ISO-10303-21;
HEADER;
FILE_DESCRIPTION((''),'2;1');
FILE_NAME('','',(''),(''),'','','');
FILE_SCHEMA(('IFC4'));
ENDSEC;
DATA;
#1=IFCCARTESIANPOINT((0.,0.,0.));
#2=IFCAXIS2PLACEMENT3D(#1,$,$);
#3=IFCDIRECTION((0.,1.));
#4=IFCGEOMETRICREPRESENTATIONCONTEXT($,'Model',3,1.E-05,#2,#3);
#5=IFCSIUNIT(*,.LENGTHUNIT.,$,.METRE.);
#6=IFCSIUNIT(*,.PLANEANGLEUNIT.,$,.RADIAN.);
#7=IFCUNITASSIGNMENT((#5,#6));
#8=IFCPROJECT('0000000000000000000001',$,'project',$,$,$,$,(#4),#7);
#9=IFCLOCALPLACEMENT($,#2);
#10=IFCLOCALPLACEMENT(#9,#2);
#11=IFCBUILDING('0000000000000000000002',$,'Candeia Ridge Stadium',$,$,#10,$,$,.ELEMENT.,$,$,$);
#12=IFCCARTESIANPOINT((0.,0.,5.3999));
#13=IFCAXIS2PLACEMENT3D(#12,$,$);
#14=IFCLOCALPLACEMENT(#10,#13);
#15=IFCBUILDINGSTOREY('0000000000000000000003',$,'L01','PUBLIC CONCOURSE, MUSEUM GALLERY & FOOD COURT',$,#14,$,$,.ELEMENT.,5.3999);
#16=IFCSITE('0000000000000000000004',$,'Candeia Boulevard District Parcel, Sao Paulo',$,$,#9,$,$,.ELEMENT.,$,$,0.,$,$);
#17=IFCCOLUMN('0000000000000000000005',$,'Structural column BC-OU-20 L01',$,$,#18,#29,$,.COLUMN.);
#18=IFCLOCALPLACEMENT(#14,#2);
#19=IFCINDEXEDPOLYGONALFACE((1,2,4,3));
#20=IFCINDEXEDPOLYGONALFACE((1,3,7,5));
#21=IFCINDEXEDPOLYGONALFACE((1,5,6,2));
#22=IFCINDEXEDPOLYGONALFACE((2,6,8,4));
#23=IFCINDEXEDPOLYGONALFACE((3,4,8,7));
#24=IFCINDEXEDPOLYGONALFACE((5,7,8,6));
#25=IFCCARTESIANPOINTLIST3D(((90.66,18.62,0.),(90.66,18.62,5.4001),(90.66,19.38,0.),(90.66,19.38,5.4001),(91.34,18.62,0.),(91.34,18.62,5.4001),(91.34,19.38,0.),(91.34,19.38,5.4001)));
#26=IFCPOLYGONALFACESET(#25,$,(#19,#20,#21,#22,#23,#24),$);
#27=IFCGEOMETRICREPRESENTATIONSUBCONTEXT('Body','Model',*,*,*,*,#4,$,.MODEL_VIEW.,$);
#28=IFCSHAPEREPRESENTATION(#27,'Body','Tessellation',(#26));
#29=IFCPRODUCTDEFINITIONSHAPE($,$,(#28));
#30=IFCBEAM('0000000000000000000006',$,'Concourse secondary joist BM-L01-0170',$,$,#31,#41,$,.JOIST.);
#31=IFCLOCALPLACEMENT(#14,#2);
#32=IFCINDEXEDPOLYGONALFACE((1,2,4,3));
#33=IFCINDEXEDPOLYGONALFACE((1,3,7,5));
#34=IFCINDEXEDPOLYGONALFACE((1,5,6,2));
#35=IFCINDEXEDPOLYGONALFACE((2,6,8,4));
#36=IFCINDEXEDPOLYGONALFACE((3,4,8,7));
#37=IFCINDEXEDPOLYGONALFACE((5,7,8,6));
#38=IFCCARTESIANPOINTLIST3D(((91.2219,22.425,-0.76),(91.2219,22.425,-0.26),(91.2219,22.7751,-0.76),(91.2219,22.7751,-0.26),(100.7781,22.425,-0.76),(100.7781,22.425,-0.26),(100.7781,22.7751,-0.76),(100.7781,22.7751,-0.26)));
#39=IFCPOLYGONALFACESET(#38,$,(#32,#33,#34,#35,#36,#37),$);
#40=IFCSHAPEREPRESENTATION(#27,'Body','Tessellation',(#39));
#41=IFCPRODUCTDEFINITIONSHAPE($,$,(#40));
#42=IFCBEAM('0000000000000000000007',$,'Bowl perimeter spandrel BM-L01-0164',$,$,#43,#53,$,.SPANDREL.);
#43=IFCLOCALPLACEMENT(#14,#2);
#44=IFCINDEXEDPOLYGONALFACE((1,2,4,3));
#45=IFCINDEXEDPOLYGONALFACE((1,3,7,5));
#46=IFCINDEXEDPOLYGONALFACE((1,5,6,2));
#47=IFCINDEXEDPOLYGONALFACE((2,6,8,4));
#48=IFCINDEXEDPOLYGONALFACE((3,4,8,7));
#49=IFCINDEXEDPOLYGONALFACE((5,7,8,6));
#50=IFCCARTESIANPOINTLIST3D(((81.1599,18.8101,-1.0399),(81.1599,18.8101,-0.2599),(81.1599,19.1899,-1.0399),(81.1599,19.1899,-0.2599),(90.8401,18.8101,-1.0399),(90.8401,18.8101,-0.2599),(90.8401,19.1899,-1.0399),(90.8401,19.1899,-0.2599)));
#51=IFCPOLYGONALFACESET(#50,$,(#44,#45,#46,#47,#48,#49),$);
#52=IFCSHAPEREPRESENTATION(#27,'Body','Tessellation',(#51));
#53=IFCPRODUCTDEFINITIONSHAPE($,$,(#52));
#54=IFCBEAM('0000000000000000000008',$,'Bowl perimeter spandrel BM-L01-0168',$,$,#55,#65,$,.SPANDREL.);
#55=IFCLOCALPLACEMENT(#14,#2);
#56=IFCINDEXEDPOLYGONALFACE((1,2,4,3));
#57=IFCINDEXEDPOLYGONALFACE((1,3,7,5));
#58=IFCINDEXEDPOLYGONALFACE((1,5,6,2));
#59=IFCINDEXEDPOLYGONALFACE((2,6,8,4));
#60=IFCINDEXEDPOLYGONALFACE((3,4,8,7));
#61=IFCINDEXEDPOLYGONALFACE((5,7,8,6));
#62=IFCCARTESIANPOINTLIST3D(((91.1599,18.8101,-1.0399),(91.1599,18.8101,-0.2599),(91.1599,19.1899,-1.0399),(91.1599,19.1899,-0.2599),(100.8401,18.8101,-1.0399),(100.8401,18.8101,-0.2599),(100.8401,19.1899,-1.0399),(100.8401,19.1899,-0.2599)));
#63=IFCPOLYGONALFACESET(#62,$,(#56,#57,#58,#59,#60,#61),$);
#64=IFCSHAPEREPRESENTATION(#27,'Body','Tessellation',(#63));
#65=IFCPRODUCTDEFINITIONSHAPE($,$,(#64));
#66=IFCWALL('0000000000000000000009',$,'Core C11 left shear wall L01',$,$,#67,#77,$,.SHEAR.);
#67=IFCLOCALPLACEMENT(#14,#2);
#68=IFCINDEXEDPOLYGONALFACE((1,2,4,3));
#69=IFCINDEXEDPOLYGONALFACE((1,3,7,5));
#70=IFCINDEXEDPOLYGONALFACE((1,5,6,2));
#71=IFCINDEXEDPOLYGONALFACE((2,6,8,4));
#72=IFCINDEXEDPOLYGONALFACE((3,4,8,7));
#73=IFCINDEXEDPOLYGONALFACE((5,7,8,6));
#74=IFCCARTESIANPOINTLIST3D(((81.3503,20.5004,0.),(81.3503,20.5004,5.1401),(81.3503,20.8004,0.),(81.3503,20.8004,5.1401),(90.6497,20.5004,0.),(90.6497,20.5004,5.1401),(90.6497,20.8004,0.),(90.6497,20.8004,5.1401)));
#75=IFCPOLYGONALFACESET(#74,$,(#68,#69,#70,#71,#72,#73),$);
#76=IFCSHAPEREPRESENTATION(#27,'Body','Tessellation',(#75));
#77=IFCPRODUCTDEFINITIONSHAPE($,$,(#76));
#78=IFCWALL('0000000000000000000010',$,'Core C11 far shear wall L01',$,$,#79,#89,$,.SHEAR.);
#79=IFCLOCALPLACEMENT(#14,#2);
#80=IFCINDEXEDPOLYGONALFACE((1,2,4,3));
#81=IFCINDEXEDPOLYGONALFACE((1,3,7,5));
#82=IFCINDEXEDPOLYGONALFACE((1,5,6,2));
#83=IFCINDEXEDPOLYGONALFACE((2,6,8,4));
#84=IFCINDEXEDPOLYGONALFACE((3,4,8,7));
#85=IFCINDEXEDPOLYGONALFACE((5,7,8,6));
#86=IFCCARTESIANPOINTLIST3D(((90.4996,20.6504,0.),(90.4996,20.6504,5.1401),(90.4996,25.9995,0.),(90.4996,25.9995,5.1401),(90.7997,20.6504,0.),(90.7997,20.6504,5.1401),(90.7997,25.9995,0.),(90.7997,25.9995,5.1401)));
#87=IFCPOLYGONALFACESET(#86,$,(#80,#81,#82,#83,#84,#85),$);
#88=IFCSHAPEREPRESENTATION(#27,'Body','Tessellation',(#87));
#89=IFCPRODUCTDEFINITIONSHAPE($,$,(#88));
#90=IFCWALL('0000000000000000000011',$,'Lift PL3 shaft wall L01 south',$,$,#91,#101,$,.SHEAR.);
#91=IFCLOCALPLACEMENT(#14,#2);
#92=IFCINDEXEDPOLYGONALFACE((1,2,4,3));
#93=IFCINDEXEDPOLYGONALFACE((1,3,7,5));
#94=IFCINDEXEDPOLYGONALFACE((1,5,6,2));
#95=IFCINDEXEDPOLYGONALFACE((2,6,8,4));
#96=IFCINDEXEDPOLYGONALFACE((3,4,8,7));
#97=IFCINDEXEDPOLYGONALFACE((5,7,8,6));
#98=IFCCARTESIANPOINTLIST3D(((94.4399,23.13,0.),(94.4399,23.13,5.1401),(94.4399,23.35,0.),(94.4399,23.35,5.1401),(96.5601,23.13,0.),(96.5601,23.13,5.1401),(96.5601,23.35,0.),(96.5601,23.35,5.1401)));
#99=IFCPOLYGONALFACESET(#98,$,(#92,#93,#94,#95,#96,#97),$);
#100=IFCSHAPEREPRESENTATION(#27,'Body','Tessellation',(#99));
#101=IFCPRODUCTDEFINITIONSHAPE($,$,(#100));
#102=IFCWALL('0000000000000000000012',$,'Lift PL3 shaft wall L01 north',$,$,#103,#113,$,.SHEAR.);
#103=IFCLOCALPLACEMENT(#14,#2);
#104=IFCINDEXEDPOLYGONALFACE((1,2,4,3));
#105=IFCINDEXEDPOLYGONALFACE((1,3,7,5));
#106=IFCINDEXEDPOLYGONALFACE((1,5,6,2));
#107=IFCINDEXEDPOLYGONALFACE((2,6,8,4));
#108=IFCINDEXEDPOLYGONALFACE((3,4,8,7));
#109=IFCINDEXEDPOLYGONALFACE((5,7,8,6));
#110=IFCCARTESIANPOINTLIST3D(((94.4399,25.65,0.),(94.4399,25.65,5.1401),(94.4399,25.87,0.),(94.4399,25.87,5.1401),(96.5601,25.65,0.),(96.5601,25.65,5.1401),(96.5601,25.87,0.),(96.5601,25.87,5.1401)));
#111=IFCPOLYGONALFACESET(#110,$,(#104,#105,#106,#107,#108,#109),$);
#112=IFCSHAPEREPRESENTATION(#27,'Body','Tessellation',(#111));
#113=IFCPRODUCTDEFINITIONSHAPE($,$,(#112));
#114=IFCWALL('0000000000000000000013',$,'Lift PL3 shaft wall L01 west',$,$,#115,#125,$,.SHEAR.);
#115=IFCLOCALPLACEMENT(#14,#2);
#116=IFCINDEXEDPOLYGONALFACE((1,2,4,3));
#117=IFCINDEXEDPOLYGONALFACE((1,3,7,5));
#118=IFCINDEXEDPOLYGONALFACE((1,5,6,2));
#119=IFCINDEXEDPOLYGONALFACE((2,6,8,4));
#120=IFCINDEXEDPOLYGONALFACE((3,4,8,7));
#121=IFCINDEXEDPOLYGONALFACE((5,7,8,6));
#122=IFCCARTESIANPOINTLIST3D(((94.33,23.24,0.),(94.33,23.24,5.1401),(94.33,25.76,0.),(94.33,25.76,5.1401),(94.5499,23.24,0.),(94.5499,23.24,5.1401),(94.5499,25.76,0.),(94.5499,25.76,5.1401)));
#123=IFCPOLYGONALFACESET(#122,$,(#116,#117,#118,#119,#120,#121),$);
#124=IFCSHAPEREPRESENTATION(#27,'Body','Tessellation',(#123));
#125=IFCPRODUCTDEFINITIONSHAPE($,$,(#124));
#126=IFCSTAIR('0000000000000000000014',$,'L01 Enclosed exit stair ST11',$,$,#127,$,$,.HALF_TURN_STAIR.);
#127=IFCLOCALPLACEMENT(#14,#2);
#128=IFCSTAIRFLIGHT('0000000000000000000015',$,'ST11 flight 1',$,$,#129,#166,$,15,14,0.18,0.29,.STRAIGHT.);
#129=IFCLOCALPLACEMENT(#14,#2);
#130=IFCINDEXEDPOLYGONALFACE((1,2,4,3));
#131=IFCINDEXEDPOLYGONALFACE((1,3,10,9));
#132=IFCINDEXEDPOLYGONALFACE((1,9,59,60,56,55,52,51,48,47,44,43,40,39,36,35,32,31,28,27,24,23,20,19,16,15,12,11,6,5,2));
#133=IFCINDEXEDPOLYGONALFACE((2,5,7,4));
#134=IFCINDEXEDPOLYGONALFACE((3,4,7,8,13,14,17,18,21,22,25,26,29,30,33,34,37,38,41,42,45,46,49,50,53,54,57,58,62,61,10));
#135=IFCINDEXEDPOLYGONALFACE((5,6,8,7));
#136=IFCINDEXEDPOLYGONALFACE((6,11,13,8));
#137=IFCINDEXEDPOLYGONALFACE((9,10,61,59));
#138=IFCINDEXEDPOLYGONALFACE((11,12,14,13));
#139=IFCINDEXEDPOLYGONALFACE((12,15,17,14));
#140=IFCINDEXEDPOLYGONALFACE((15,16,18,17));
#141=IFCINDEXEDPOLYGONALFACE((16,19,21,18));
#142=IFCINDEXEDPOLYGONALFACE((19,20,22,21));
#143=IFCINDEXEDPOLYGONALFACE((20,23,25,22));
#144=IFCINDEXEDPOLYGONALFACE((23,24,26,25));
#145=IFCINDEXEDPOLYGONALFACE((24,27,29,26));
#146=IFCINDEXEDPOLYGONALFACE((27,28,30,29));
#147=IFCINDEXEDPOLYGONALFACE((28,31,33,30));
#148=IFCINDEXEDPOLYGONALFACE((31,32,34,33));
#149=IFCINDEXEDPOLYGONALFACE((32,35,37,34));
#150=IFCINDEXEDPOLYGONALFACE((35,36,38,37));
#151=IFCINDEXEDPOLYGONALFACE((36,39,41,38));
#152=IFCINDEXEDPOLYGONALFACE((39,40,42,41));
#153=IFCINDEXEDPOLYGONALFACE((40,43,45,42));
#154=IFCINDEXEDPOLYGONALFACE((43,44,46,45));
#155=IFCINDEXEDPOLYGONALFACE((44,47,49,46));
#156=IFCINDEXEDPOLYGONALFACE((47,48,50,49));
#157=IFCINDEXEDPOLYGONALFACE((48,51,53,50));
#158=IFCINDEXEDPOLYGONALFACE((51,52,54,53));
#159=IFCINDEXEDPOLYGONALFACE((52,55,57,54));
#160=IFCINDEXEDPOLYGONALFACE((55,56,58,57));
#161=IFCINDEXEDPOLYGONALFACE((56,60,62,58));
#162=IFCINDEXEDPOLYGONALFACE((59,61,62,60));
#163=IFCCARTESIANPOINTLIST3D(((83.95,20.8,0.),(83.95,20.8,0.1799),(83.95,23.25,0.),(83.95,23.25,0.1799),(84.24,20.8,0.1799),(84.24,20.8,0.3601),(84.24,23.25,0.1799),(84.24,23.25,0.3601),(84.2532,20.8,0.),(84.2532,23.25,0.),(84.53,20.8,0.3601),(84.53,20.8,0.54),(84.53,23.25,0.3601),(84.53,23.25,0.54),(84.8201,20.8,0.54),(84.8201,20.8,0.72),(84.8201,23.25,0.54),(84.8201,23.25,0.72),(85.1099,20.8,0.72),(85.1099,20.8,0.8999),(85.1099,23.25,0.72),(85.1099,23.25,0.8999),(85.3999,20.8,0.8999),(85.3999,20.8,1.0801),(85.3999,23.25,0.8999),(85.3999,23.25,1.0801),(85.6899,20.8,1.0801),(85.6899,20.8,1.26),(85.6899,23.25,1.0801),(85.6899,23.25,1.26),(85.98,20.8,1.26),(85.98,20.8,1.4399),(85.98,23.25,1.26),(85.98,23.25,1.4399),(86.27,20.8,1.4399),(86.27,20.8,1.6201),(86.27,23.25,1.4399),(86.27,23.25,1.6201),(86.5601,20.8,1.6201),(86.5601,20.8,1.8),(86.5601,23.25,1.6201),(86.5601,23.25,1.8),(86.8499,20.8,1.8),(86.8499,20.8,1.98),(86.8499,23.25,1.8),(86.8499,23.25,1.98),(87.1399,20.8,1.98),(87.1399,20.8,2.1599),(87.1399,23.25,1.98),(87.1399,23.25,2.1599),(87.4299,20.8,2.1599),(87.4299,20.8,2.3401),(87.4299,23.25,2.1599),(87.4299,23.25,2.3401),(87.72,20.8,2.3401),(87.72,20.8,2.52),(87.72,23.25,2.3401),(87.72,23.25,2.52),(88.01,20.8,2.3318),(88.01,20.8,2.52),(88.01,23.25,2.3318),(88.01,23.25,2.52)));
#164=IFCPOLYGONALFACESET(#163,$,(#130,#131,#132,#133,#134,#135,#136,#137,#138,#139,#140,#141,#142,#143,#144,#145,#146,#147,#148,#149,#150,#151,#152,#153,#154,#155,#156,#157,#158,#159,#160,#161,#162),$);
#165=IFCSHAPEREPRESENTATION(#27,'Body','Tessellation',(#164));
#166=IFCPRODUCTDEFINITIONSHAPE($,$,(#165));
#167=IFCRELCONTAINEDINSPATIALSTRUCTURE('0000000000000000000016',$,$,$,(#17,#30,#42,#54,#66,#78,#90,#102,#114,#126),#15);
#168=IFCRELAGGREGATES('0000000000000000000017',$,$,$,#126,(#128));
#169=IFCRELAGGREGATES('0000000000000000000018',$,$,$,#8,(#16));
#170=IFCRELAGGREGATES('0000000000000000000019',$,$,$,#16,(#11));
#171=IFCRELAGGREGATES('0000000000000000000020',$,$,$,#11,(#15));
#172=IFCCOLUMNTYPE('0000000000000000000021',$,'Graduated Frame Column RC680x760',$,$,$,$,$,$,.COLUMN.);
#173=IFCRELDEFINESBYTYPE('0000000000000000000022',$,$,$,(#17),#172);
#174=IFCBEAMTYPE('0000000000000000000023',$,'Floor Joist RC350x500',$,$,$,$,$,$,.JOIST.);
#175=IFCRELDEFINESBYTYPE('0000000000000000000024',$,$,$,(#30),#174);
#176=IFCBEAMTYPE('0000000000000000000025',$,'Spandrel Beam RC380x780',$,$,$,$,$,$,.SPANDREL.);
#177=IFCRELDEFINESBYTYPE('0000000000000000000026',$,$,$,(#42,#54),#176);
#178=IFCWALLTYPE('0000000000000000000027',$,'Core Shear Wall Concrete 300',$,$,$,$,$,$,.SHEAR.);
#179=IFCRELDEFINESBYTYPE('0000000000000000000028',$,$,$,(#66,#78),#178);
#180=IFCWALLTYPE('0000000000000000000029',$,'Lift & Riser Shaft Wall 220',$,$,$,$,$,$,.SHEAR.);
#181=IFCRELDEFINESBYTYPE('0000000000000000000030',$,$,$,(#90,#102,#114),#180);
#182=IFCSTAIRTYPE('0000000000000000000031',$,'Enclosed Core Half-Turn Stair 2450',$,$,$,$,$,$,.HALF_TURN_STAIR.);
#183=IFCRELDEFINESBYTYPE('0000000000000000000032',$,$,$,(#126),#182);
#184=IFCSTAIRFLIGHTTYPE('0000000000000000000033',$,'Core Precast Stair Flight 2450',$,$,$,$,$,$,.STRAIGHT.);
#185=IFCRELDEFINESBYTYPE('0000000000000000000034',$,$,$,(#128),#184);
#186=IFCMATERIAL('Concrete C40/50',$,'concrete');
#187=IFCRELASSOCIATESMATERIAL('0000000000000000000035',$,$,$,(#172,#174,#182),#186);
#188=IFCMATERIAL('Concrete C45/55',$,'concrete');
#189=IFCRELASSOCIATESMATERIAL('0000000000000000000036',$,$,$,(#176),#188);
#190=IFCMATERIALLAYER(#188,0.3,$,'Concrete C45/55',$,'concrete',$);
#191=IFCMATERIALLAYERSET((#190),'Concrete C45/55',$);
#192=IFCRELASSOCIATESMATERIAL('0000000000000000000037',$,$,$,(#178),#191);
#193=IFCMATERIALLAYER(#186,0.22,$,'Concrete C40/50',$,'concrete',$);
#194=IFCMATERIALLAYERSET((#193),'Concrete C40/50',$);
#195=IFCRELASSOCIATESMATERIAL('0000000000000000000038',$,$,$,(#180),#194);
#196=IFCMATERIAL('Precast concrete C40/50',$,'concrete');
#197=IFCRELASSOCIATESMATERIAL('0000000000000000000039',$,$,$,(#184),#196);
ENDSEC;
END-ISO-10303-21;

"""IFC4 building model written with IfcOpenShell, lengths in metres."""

from ifc_helpers import new_model, si_unit, direction, frame, frame_2d, origin, origin_2d, place, context, subcontext, project, spatial, polyline, rectangle, outline, extrude, material, layer, layer_set, material_profile, profile_set, type_object, element, aggregate, save


model = new_model("IFC4")

# Units and contexts
model_context = context("Model", 3, precision=1e-05, world=origin(), true_north=direction((0.0, 1.0)))
body_context = subcontext(model_context, "Body", "Model", "MODEL_VIEW")
ifc_project = project(units=[si_unit("LENGTHUNIT", "METRE"), si_unit("PLANEANGLEUNIT", "RADIAN")], contexts=[model_context])

# Site, building, storey
site_placement = place(None, origin())
site = spatial("IfcSite", under=ifc_project, at=site_placement, Name="Candeia Boulevard District Parcel, Sao Paulo", CompositionType="ELEMENT", RefElevation=0.0)
building_placement = place(site_placement, origin())
building = spatial("IfcBuilding", under=site, at=building_placement, Name="Candeia Ridge Stadium", CompositionType="ELEMENT")
storey_placement = place(building_placement, frame((0.0, 0.0, 5.3999)))
storey = spatial("IfcBuildingStorey", under=building, at=storey_placement, Name="L01", Description="PUBLIC CONCOURSE, MUSEUM GALLERY & FOOD COURT", CompositionType="ELEMENT", Elevation=5.3999)

# Column
ifc_material_1 = material(Name="Concrete C40/50", Category="concrete")
ifc_material_profile_1 = material_profile(ifc_material_1, rectangle(XDim=0.6799, YDim=0.76, at=origin_2d()), Name="RC680x760", Category="concrete")
ifc_profile_set_1 = profile_set([ifc_material_profile_1], Name="Concrete C40/50")
column_type = type_object("IfcColumnType", Name="Graduated Frame Column RC680x760", PredefinedType="COLUMN", material=ifc_profile_set_1)
column_placement = place(storey_placement, frame((91.0, 19.0, 0.0), z_axis=(0.0, 0.0, 1.0), x_axis=(1.0, 0.0, 0.0)))
element("IfcColumn", 1, at=column_placement, inside=storey, type_object=column_type, Name="Structural column BC-OU-20 L01", PredefinedType="COLUMN", context=body_context, shape_type="SweptSolid", body=[
    extrude(rectangle(XDim=0.6799, YDim=0.76, at=origin_2d()), origin(), (0.0, 0.0, 1.0), 5.4001),
])

# Beams
ifc_material_profile_2 = material_profile(ifc_material_1, rectangle(XDim=0.3501, YDim=0.5, at=origin_2d()), Name="RC350x500", Category="concrete")
ifc_profile_set_2 = profile_set([ifc_material_profile_2], Name="Concrete C40/50")
beam_type_1 = type_object("IfcBeamType", Name="Floor Joist RC350x500", PredefinedType="JOIST", material=ifc_profile_set_2)
beam_placement = place(storey_placement, frame((91.2219, 22.6001, -0.51), z_axis=(1.0, 0.0, 0.0), x_axis=(0.0, 1.0, 0.0)))
element("IfcBeam", 2, at=beam_placement, inside=storey, type_object=beam_type_1, Name="Concourse secondary joist BM-L01-0170", PredefinedType="JOIST", context=body_context, shape_type="SweptSolid", body=[
    extrude(rectangle(XDim=0.3501, YDim=0.5, at=origin_2d()), origin(), (0.0, 0.0, 1.0), 9.5562),
])
ifc_material_2 = material(Name="Concrete C45/55", Category="concrete")
ifc_material_profile_3 = material_profile(ifc_material_2, rectangle(XDim=0.3799, YDim=0.78, at=origin_2d()), Name="RC380x780", Category="concrete")
ifc_profile_set_3 = profile_set([ifc_material_profile_3], Name="Concrete C45/55")
beam_type_2 = type_object("IfcBeamType", Name="Spandrel Beam RC380x780", PredefinedType="SPANDREL", material=ifc_profile_set_3)
for number, where, z_axis, x_axis, name in (
    (3, (81.1599, 19.0, -0.6499), (1.0, 0.0, 0.0), (0.0, 1.0, 0.0), "Bowl perimeter spandrel BM-L01-0164"),
    (4, (91.1599, 19.0, -0.6499), (1.0, 0.0, 0.0), (0.0, 1.0, 0.0), "Bowl perimeter spandrel BM-L01-0168"),
):
    element("IfcBeam", number, at=place(storey_placement, frame(where, z_axis=z_axis, x_axis=x_axis)), inside=storey, type_object=beam_type_2, Name=name, PredefinedType="SPANDREL", context=body_context, shape_type="SweptSolid", body=[
        extrude(rectangle(XDim=0.3799, YDim=0.78, at=origin_2d()), origin(), (0.0, 0.0, 1.0), 9.6802),
    ])

# Walls
ifc_layer_1 = layer(ifc_material_2, 0.3, Name="Concrete C45/55", Category="concrete")
ifc_layer_set_1 = layer_set([ifc_layer_1], Name="Concrete C45/55")
wall_type_1 = type_object("IfcWallType", Name="Core Shear Wall Concrete 300", PredefinedType="SHEAR", material=ifc_layer_set_1)
wall_1_placement = place(storey_placement, frame((81.3503, 20.6504, 0.0), z_axis=(0.0, 0.0, 1.0), x_axis=(1.0, 0.0, 0.0)))
element("IfcWall", 5, at=wall_1_placement, inside=storey, type_object=wall_type_1, Name="Core C11 left shear wall L01", PredefinedType="SHEAR", context=body_context, shape_type="SweptSolid", body=[
    extrude(rectangle(XDim=9.2993, YDim=0.3, at=frame_2d((4.6497, 0.0))), origin(), (0.0, 0.0, 1.0), 5.1401),
])
wall_2_placement = place(storey_placement, frame((90.6497, 20.6504, 0.0), z_axis=(0.0, 0.0, 1.0), x_axis=(0.0, 1.0, 0.0)))
element("IfcWall", 6, at=wall_2_placement, inside=storey, type_object=wall_type_1, Name="Core C11 far shear wall L01", PredefinedType="SHEAR", context=body_context, shape_type="SweptSolid", body=[
    extrude(rectangle(XDim=5.3491, YDim=0.3, at=frame_2d((2.6746, 0.0))), origin(), (0.0, 0.0, 1.0), 5.1401),
])
ifc_layer_2 = layer(ifc_material_1, 0.22, Name="Concrete C40/50", Category="concrete")
ifc_layer_set_2 = layer_set([ifc_layer_2], Name="Concrete C40/50")
wall_type_2 = type_object("IfcWallType", Name="Lift & Riser Shaft Wall 220", PredefinedType="SHEAR", material=ifc_layer_set_2)
wall_3_placement = place(storey_placement, frame((94.4399, 23.24, 0.0), z_axis=(0.0, 0.0, 1.0), x_axis=(1.0, 0.0, 0.0)))
element("IfcWall", 7, at=wall_3_placement, inside=storey, type_object=wall_type_2, Name="Lift PL3 shaft wall L01 south", PredefinedType="SHEAR", context=body_context, shape_type="SweptSolid", body=[
    extrude(rectangle(XDim=2.1201, YDim=0.22, at=frame_2d((1.0601, 0.0))), origin(), (0.0, 0.0, 1.0), 5.1401),
])

# Walls
wall_4_placement = place(storey_placement, frame((96.5601, 25.76, 0.0), z_axis=(0.0, 0.0, 1.0), x_axis=(-1.0, 0.0, 0.0)))
element("IfcWall", 8, at=wall_4_placement, inside=storey, type_object=wall_type_2, Name="Lift PL3 shaft wall L01 north", PredefinedType="SHEAR", context=body_context, shape_type="SweptSolid", body=[
    extrude(rectangle(XDim=2.1201, YDim=0.22, at=frame_2d((1.0601, 0.0))), origin(), (0.0, 0.0, 1.0), 5.1401),
])
wall_5_placement = place(storey_placement, frame((94.4399, 25.76, 0.0), z_axis=(0.0, 0.0, 1.0), x_axis=(0.0, -1.0, 0.0)))
element("IfcWall", 9, at=wall_5_placement, inside=storey, type_object=wall_type_2, Name="Lift PL3 shaft wall L01 west", PredefinedType="SHEAR", context=body_context, shape_type="SweptSolid", body=[
    extrude(rectangle(XDim=2.52, YDim=0.22, at=frame_2d((1.26, 0.0))), origin(), (0.0, 0.0, 1.0), 5.1401),
])

# Stair, stair flight
stair_type = type_object("IfcStairType", Name="Enclosed Core Half-Turn Stair 2450", PredefinedType="HALF_TURN_STAIR", material=ifc_material_1)
stair_placement = place(storey_placement, origin())
stair = element("IfcStair", 10, at=stair_placement, inside=storey, type_object=stair_type, Name="L01 Enclosed exit stair ST11", PredefinedType="HALF_TURN_STAIR")
ifc_material_3 = material(Name="Precast concrete C40/50", Category="concrete")
stair_flight_type = type_object("IfcStairFlightType", Name="Core Precast Stair Flight 2450", PredefinedType="STRAIGHT", material=ifc_material_3)
stair_flight_1_placement = place(storey_placement, frame((83.95, 22.0249, 0.0), z_axis=(0.0, 0.0, 1.0), x_axis=(1.0, 0.0, 0.0)))
stair_flight_1 = element("IfcStairFlight", 11, at=stair_flight_1_placement, type_object=stair_flight_type, Name="ST11 flight 1", NumberOfRisers=15, NumberOfTreads=14, PredefinedType="STRAIGHT", RiserHeight=0.18, TreadLength=0.29, context=body_context, shape_type="SweptSolid", body=[
    extrude(outline(polyline([(0.0, 0.0), (0.0, 0.1799), (0.29, 0.1799), (0.29, 0.3601), (0.5801, 0.3601), (0.5801, 0.54), (0.8701, 0.54), (0.8701, 0.72), (1.1599, 0.72), (1.1599, 0.8999), (1.45, 0.8999), (1.45, 1.0801), (1.74, 1.0801), (1.74, 1.26), (2.03, 1.26), (2.03, 1.4399), (2.3201, 1.4399), (2.3201, 1.6201), (2.6101, 1.6201), (2.6101, 1.8), (2.8999, 1.8), (2.8999, 1.98), (3.1899, 1.98), (3.1899, 2.1599), (3.48, 2.1599), (3.48, 2.3401), (3.77, 2.3401), (3.77, 2.52), (4.0601, 2.52), (4.0601, 2.7), (4.0601, 2.3318), (0.3032, 0.0), (0.0, 0.0)])), frame((0.0, 1.2251, 0.0), z_axis=(0.0, -1.0, 0.0), x_axis=(1.0, 0.0, 0.0)), (0.0, 0.0, 1.0), 2.45),
])
aggregate(stair, [stair_flight_1])

save(model, "model.ifc")
